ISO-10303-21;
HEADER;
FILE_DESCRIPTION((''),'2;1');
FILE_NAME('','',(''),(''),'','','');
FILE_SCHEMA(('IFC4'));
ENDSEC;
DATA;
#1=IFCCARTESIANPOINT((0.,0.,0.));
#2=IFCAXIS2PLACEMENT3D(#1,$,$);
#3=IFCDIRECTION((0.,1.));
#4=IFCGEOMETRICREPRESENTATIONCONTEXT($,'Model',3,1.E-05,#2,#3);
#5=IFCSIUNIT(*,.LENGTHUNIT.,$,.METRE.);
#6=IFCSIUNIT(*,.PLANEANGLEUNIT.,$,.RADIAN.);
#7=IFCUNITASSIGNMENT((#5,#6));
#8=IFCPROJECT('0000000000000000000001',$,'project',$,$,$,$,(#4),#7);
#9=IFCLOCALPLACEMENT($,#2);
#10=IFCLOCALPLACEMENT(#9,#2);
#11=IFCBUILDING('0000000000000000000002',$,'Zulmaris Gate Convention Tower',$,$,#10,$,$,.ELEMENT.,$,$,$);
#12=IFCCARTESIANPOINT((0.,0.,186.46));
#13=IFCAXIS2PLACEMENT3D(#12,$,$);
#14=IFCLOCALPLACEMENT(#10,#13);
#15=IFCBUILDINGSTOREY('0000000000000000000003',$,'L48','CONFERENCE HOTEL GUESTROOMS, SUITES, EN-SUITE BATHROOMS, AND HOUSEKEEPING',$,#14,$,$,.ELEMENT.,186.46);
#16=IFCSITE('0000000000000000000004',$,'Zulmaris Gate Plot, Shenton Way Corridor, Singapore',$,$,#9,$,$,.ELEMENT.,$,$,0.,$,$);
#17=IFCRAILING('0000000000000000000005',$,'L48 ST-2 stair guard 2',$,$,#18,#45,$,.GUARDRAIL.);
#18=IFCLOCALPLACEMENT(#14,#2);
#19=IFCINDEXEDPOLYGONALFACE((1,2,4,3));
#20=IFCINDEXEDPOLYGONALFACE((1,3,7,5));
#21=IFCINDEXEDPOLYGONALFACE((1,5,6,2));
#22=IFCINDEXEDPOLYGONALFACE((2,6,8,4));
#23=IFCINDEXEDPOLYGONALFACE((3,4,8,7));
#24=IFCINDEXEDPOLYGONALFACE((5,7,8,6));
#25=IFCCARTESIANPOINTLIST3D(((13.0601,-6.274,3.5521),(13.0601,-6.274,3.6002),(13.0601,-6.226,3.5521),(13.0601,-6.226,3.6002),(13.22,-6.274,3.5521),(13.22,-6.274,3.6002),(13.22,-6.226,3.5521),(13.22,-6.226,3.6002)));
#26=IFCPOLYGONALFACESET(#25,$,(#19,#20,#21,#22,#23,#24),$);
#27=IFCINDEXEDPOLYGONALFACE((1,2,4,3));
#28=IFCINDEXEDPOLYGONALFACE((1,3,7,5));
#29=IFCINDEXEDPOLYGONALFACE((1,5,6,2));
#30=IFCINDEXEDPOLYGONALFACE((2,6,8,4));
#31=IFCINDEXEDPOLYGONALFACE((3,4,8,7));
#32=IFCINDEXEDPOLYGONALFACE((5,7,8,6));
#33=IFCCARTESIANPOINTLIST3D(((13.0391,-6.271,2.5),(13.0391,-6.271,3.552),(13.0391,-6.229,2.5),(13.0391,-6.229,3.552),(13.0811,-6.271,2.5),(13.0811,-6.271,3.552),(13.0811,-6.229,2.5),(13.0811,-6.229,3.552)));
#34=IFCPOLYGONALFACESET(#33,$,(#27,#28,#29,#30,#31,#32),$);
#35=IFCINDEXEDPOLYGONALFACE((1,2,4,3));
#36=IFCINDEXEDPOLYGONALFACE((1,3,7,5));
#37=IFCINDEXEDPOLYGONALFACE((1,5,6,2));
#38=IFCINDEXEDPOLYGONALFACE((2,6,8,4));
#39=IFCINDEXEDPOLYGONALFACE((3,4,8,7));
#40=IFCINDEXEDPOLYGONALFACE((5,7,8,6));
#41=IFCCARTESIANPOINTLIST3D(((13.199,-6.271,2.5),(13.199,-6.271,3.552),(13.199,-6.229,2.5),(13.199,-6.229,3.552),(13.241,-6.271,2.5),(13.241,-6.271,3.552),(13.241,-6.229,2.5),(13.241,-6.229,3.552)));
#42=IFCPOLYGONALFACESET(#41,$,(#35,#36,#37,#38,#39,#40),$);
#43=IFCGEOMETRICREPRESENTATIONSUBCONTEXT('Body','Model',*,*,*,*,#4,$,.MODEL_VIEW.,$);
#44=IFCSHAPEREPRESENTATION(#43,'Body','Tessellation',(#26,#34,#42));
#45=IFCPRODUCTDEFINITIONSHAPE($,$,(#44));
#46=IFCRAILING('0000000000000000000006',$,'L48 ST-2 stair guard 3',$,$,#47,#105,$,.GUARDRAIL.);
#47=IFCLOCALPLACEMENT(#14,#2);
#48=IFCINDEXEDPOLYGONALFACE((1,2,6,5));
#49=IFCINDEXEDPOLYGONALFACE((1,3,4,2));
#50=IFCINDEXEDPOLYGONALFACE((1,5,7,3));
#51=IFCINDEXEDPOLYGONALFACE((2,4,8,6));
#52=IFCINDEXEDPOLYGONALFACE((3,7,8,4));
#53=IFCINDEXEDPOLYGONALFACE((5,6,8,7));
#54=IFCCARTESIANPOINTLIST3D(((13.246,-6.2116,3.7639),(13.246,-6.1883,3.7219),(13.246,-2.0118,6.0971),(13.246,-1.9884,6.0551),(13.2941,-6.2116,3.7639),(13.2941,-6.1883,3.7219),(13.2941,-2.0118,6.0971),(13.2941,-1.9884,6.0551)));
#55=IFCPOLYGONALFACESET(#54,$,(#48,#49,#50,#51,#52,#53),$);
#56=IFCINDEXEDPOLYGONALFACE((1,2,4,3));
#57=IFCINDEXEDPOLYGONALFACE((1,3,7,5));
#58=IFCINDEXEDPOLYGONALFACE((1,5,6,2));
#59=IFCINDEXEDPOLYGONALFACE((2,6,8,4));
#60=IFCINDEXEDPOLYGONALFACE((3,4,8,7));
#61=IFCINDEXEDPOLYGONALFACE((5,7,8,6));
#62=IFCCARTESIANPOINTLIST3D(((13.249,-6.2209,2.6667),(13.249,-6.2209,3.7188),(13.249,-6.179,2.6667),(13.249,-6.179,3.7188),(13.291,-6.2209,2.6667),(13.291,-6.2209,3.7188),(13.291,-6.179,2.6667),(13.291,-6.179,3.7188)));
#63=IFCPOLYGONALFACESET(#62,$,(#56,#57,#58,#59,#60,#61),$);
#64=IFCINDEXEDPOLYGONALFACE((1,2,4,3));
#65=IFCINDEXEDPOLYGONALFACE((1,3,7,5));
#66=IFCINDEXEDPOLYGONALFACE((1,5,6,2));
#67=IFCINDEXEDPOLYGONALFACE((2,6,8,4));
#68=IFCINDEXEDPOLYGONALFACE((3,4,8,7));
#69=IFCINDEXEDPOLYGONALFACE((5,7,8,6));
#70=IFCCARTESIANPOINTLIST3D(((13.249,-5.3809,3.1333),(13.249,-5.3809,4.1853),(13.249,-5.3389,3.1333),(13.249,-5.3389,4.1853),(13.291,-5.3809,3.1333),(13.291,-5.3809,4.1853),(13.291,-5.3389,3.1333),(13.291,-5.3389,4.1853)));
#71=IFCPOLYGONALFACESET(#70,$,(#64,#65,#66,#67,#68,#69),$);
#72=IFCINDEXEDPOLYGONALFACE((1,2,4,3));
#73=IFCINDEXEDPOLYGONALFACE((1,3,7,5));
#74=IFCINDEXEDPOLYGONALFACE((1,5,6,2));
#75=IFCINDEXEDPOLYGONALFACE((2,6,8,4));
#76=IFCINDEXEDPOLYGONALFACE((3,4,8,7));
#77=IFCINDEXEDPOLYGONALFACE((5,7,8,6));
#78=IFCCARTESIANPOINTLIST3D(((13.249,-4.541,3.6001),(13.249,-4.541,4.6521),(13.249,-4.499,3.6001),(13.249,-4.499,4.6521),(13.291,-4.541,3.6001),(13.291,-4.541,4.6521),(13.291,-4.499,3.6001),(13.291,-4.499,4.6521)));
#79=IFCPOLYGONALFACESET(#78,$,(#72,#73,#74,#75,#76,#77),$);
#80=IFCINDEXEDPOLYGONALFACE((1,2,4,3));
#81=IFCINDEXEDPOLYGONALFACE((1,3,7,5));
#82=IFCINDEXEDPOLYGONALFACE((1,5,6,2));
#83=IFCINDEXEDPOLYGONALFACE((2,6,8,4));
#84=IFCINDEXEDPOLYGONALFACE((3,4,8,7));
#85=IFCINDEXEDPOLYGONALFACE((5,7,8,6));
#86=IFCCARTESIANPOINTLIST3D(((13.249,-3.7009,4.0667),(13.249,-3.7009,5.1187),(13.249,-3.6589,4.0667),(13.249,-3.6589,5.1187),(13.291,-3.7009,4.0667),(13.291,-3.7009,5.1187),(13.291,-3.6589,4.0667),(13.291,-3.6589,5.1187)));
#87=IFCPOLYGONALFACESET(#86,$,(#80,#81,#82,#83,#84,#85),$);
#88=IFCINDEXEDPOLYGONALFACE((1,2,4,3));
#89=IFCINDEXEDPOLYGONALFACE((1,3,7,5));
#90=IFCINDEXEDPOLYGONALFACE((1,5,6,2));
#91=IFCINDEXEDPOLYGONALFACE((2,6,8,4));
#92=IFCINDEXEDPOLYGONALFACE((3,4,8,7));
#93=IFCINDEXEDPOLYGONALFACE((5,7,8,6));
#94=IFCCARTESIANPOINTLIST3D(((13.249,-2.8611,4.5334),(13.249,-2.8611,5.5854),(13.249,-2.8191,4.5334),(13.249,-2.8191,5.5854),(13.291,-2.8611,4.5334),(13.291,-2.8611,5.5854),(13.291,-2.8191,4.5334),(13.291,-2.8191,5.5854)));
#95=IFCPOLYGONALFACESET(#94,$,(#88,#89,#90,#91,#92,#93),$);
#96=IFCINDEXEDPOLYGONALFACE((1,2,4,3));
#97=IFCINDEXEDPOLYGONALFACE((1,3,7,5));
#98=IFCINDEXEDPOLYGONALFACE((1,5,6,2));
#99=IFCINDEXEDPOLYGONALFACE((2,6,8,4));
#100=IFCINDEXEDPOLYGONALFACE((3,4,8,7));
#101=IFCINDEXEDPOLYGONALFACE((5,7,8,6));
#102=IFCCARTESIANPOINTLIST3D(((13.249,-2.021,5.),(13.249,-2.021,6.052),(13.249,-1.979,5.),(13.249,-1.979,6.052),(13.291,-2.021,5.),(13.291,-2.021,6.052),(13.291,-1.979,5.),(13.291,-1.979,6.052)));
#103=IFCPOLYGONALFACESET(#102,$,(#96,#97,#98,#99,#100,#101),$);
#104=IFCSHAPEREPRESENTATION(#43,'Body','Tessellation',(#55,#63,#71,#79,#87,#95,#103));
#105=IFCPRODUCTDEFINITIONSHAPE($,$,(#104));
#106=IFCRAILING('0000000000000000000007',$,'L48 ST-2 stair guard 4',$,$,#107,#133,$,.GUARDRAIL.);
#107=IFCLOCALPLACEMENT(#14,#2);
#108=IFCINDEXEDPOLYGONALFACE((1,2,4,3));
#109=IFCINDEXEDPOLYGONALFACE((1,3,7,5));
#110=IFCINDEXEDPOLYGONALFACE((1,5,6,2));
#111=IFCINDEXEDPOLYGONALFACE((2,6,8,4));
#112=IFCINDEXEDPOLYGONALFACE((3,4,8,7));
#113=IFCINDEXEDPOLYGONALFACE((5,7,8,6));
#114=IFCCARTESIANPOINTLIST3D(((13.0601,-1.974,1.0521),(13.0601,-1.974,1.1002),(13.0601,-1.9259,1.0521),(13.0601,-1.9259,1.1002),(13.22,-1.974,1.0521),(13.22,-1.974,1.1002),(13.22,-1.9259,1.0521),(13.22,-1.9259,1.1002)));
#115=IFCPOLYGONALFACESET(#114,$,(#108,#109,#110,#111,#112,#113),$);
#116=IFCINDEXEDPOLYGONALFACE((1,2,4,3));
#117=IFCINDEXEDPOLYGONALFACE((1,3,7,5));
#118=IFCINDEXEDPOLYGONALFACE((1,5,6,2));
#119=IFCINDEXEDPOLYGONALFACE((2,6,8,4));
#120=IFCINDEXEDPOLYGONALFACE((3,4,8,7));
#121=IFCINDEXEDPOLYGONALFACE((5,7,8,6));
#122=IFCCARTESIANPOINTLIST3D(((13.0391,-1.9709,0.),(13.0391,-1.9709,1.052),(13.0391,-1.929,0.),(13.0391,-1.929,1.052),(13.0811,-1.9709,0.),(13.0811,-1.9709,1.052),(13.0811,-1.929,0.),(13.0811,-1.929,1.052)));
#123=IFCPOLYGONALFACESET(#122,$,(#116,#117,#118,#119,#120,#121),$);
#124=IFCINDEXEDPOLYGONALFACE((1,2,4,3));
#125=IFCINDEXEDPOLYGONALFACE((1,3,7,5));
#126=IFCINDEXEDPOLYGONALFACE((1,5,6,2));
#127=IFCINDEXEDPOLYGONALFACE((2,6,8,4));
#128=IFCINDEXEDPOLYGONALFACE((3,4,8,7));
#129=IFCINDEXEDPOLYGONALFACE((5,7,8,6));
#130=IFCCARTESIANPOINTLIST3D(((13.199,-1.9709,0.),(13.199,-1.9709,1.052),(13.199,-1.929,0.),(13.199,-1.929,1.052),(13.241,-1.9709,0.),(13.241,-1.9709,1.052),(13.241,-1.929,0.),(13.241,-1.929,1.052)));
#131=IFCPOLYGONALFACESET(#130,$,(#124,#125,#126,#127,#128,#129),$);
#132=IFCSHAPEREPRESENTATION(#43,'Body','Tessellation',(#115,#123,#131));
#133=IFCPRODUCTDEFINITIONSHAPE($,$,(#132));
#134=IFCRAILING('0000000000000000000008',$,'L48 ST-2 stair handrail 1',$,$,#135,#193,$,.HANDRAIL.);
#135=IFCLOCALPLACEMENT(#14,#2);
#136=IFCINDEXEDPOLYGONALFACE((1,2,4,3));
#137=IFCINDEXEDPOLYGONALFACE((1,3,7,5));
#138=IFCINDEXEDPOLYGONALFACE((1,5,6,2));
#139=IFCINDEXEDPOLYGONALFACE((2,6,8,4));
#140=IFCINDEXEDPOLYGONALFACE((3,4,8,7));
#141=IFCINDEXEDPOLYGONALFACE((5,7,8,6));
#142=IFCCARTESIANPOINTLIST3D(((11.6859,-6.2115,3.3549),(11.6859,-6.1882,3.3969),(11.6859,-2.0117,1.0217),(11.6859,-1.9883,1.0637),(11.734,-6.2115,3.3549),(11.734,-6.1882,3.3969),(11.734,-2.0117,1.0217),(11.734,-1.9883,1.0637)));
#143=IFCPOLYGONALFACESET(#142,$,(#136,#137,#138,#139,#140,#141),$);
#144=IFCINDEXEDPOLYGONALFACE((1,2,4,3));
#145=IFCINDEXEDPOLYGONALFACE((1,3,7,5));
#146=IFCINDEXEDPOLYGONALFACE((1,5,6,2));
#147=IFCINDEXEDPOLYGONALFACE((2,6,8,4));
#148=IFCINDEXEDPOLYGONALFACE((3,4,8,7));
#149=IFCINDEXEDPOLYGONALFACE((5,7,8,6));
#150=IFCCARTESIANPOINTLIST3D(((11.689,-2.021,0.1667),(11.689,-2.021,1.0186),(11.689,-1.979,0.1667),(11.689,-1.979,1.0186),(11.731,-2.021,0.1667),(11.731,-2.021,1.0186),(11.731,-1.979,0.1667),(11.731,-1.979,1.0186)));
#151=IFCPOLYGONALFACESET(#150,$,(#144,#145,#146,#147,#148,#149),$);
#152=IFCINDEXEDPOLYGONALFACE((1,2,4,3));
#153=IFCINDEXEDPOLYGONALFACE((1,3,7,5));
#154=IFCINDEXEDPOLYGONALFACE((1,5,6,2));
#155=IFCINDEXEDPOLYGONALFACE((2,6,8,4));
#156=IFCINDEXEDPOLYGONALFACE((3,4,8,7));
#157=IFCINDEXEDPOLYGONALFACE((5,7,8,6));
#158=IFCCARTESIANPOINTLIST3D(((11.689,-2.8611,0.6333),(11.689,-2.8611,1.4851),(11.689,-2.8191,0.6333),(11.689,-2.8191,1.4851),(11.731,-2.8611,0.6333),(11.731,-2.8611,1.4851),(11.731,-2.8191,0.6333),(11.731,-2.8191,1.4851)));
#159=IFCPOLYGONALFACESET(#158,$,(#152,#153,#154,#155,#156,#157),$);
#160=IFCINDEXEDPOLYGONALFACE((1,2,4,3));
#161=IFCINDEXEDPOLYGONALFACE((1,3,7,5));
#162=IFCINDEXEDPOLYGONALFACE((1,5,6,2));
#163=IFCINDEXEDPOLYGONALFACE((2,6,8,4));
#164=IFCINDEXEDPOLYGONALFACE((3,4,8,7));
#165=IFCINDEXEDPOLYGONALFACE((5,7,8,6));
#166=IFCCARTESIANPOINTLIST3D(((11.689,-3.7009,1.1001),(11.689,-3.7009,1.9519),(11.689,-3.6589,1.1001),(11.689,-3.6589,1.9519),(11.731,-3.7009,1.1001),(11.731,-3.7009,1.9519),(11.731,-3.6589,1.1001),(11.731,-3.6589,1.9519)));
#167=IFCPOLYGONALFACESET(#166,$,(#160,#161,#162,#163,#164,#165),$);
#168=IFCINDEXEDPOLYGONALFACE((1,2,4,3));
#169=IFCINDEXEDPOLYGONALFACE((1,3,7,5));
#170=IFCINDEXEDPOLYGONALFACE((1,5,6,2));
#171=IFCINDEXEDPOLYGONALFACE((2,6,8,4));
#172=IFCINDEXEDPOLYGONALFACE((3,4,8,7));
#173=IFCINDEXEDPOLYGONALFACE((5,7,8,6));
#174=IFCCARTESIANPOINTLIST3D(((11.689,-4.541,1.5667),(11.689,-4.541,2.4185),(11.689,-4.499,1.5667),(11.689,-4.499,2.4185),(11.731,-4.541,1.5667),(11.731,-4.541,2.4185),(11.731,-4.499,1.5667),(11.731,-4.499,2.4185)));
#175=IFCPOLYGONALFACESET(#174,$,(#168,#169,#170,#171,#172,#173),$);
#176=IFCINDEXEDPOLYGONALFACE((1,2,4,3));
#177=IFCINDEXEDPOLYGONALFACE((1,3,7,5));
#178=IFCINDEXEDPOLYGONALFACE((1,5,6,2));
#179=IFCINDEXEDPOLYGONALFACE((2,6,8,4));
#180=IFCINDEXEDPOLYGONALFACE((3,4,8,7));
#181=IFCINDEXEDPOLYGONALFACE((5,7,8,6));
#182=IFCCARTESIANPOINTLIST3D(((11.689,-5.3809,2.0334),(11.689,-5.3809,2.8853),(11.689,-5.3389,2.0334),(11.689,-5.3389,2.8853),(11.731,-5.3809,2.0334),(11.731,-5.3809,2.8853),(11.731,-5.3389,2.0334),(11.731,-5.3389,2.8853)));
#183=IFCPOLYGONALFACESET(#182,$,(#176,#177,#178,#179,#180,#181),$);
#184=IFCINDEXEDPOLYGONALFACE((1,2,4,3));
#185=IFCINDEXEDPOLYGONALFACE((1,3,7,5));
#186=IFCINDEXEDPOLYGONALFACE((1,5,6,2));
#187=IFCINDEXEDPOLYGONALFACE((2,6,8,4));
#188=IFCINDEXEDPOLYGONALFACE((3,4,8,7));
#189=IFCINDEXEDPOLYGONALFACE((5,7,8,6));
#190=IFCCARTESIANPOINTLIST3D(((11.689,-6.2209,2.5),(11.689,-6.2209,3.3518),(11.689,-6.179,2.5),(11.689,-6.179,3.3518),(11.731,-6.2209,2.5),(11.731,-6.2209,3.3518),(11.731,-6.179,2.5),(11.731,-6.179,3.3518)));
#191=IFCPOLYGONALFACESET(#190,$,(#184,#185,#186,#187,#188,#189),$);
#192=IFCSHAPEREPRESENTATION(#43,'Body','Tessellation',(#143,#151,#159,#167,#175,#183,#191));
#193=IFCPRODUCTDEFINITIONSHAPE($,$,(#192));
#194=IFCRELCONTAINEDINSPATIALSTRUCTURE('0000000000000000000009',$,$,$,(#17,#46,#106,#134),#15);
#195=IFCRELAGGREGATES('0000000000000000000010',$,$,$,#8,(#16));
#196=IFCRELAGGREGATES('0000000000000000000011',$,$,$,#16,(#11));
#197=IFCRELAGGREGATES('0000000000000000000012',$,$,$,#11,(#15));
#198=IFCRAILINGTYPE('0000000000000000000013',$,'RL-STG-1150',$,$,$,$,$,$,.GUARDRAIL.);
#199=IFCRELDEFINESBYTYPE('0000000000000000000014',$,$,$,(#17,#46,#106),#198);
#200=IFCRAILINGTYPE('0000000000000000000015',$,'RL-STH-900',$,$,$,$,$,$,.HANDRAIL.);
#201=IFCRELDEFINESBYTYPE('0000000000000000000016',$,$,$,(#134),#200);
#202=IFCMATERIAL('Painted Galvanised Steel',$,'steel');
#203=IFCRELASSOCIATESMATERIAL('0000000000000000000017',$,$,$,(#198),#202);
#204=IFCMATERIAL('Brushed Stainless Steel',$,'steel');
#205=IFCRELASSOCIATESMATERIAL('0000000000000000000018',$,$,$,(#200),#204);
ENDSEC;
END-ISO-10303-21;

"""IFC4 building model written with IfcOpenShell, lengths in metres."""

from ifc_helpers import new_model, si_unit, direction, frame, origin, origin_2d, place, context, subcontext, project, spatial, rectangle, extrude, material, type_object, element, save


model = new_model("IFC4")

# Units and contexts
model_context = context("Model", 3, precision=1e-05, world=origin(), true_north=direction((0.0, 1.0)))
body_context = subcontext(model_context, "Body", "Model", "MODEL_VIEW")
ifc_project = project(units=[si_unit("LENGTHUNIT", "METRE"), si_unit("PLANEANGLEUNIT", "RADIAN")], contexts=[model_context])

# Site, building, storey
site_placement = place(None, origin())
site = spatial("IfcSite", under=ifc_project, at=site_placement, Name="Zulmaris Gate Plot, Shenton Way Corridor, Singapore", CompositionType="ELEMENT", RefElevation=0.0)
building_placement = place(site_placement, origin())
building = spatial("IfcBuilding", under=site, at=building_placement, Name="Zulmaris Gate Convention Tower", CompositionType="ELEMENT")
storey_placement = place(building_placement, frame((0.0, 0.0, 186.46)))
storey = spatial("IfcBuildingStorey", under=building, at=storey_placement, Name="L48", Description="CONFERENCE HOTEL GUESTROOMS, SUITES, EN-SUITE BATHROOMS, AND HOUSEKEEPING", CompositionType="ELEMENT", Elevation=186.46)

# Railings
ifc_material_1 = material(Name="Painted Galvanised Steel", Category="steel")
railing_type_1 = type_object("IfcRailingType", Name="RL-STG-1150", PredefinedType="GUARDRAIL", material=ifc_material_1)
railing_1_placement = place(storey_placement, frame((13.0601, -6.25, 2.5)))
element("IfcRailing", 1, at=railing_1_placement, inside=storey, type_object=railing_type_1, Name="L48 ST-2 stair guard 2", PredefinedType="GUARDRAIL", context=body_context, shape_type="SweptSolid", body=[
    extrude(rectangle(XDim=0.0481, YDim=0.0481, at=origin_2d()), frame((0.0, 0.0, 1.0762), z_axis=(1.0, 0.0, 0.0), x_axis=(0.0, 1.0, 0.0)), (0.0, 0.0, 1.0), 0.1599),
    extrude(rectangle(XDim=0.042, YDim=0.042, at=origin_2d()), origin(), (0.0, 0.0, 1.0), 1.052),
    extrude(rectangle(XDim=0.042, YDim=0.042, at=origin_2d()), frame((0.1599, 0.0, 0.0)), (0.0, 0.0, 1.0), 1.052),
])
railing_2_placement = place(storey_placement, frame((13.27, -6.2, 2.6667)))
element("IfcRailing", 2, at=railing_2_placement, inside=storey, type_object=railing_type_1, Name="L48 ST-2 stair guard 3", PredefinedType="GUARDRAIL", context=body_context, shape_type="SweptSolid", body=[
    extrude(rectangle(XDim=0.0481, YDim=0.0481, at=origin_2d()), frame((0.0, 0.0, 1.0762), z_axis=(0.0, 0.874162, 0.485634), x_axis=(-1.0, 0.0, 0.0)), (0.0, 0.0, 1.0), 4.8044),
    extrude(rectangle(XDim=0.042, YDim=0.042, at=origin_2d()), origin(), (0.0, 0.0, 1.0), 1.052),
    extrude(rectangle(XDim=0.042, YDim=0.042, at=origin_2d()), frame((0.0, 0.8401, 0.4666)), (0.0, 0.0, 1.0), 1.052),
    extrude(rectangle(XDim=0.042, YDim=0.042, at=origin_2d()), frame((0.0, 1.6799, 0.9333)), (0.0, 0.0, 1.0), 1.052),
    extrude(rectangle(XDim=0.042, YDim=0.042, at=origin_2d()), frame((0.0, 2.52, 1.3999)), (0.0, 0.0, 1.0), 1.052),
    extrude(rectangle(XDim=0.042, YDim=0.042, at=origin_2d()), frame((0.0, 3.3599, 1.8667)), (0.0, 0.0, 1.0), 1.052),
    extrude(rectangle(XDim=0.042, YDim=0.042, at=origin_2d()), frame((0.0, 4.2, 2.3333)), (0.0, 0.0, 1.0), 1.052),
])
railing_3_placement = place(storey_placement, frame((13.0601, -1.95, 0.0)))
element("IfcRailing", 3, at=railing_3_placement, inside=storey, type_object=railing_type_1, Name="L48 ST-2 stair guard 4", PredefinedType="GUARDRAIL", context=body_context, shape_type="SweptSolid", body=[
    extrude(rectangle(XDim=0.0481, YDim=0.0481, at=origin_2d()), frame((0.0, 0.0, 1.0762), z_axis=(1.0, 0.0, 0.0), x_axis=(0.0, 1.0, 0.0)), (0.0, 0.0, 1.0), 0.1599),
    extrude(rectangle(XDim=0.042, YDim=0.042, at=origin_2d()), origin(), (0.0, 0.0, 1.0), 1.052),
    extrude(rectangle(XDim=0.042, YDim=0.042, at=origin_2d()), frame((0.1599, 0.0, 0.0)), (0.0, 0.0, 1.0), 1.052),
])
ifc_material_2 = material(Name="Brushed Stainless Steel", Category="steel")
railing_type_2 = type_object("IfcRailingType", Name="RL-STH-900", PredefinedType="HANDRAIL", material=ifc_material_2)
railing_4_placement = place(storey_placement, frame((11.71, -2.0, 0.1667)))
element("IfcRailing", 4, at=railing_4_placement, inside=storey, type_object=railing_type_2, Name="L48 ST-2 stair handrail 1", PredefinedType="HANDRAIL", context=body_context, shape_type="SweptSolid", body=[
    extrude(rectangle(XDim=0.0481, YDim=0.0481, at=origin_2d()), frame((0.0, 0.0, 0.876), z_axis=(0.0, -0.874162, 0.485634), x_axis=(1.0, 0.0, 0.0)), (0.0, 0.0, 1.0), 4.8044),
    extrude(rectangle(XDim=0.042, YDim=0.042, at=origin_2d()), origin(), (0.0, 0.0, 1.0), 0.8518),
    extrude(rectangle(XDim=0.042, YDim=0.042, at=origin_2d()), frame((0.0, -0.8401, 0.4666)), (0.0, 0.0, 1.0), 0.8518),
    extrude(rectangle(XDim=0.042, YDim=0.042, at=origin_2d()), frame((0.0, -1.6799, 0.9333)), (0.0, 0.0, 1.0), 0.8518),
    extrude(rectangle(XDim=0.042, YDim=0.042, at=origin_2d()), frame((0.0, -2.52, 1.3999)), (0.0, 0.0, 1.0), 0.8518),
    extrude(rectangle(XDim=0.042, YDim=0.042, at=origin_2d()), frame((0.0, -3.3599, 1.8667)), (0.0, 0.0, 1.0), 0.8518),
    extrude(rectangle(XDim=0.042, YDim=0.042, at=origin_2d()), frame((0.0, -4.2, 2.3333)), (0.0, 0.0, 1.0), 0.8518),
])

save(model, "model.ifc")
